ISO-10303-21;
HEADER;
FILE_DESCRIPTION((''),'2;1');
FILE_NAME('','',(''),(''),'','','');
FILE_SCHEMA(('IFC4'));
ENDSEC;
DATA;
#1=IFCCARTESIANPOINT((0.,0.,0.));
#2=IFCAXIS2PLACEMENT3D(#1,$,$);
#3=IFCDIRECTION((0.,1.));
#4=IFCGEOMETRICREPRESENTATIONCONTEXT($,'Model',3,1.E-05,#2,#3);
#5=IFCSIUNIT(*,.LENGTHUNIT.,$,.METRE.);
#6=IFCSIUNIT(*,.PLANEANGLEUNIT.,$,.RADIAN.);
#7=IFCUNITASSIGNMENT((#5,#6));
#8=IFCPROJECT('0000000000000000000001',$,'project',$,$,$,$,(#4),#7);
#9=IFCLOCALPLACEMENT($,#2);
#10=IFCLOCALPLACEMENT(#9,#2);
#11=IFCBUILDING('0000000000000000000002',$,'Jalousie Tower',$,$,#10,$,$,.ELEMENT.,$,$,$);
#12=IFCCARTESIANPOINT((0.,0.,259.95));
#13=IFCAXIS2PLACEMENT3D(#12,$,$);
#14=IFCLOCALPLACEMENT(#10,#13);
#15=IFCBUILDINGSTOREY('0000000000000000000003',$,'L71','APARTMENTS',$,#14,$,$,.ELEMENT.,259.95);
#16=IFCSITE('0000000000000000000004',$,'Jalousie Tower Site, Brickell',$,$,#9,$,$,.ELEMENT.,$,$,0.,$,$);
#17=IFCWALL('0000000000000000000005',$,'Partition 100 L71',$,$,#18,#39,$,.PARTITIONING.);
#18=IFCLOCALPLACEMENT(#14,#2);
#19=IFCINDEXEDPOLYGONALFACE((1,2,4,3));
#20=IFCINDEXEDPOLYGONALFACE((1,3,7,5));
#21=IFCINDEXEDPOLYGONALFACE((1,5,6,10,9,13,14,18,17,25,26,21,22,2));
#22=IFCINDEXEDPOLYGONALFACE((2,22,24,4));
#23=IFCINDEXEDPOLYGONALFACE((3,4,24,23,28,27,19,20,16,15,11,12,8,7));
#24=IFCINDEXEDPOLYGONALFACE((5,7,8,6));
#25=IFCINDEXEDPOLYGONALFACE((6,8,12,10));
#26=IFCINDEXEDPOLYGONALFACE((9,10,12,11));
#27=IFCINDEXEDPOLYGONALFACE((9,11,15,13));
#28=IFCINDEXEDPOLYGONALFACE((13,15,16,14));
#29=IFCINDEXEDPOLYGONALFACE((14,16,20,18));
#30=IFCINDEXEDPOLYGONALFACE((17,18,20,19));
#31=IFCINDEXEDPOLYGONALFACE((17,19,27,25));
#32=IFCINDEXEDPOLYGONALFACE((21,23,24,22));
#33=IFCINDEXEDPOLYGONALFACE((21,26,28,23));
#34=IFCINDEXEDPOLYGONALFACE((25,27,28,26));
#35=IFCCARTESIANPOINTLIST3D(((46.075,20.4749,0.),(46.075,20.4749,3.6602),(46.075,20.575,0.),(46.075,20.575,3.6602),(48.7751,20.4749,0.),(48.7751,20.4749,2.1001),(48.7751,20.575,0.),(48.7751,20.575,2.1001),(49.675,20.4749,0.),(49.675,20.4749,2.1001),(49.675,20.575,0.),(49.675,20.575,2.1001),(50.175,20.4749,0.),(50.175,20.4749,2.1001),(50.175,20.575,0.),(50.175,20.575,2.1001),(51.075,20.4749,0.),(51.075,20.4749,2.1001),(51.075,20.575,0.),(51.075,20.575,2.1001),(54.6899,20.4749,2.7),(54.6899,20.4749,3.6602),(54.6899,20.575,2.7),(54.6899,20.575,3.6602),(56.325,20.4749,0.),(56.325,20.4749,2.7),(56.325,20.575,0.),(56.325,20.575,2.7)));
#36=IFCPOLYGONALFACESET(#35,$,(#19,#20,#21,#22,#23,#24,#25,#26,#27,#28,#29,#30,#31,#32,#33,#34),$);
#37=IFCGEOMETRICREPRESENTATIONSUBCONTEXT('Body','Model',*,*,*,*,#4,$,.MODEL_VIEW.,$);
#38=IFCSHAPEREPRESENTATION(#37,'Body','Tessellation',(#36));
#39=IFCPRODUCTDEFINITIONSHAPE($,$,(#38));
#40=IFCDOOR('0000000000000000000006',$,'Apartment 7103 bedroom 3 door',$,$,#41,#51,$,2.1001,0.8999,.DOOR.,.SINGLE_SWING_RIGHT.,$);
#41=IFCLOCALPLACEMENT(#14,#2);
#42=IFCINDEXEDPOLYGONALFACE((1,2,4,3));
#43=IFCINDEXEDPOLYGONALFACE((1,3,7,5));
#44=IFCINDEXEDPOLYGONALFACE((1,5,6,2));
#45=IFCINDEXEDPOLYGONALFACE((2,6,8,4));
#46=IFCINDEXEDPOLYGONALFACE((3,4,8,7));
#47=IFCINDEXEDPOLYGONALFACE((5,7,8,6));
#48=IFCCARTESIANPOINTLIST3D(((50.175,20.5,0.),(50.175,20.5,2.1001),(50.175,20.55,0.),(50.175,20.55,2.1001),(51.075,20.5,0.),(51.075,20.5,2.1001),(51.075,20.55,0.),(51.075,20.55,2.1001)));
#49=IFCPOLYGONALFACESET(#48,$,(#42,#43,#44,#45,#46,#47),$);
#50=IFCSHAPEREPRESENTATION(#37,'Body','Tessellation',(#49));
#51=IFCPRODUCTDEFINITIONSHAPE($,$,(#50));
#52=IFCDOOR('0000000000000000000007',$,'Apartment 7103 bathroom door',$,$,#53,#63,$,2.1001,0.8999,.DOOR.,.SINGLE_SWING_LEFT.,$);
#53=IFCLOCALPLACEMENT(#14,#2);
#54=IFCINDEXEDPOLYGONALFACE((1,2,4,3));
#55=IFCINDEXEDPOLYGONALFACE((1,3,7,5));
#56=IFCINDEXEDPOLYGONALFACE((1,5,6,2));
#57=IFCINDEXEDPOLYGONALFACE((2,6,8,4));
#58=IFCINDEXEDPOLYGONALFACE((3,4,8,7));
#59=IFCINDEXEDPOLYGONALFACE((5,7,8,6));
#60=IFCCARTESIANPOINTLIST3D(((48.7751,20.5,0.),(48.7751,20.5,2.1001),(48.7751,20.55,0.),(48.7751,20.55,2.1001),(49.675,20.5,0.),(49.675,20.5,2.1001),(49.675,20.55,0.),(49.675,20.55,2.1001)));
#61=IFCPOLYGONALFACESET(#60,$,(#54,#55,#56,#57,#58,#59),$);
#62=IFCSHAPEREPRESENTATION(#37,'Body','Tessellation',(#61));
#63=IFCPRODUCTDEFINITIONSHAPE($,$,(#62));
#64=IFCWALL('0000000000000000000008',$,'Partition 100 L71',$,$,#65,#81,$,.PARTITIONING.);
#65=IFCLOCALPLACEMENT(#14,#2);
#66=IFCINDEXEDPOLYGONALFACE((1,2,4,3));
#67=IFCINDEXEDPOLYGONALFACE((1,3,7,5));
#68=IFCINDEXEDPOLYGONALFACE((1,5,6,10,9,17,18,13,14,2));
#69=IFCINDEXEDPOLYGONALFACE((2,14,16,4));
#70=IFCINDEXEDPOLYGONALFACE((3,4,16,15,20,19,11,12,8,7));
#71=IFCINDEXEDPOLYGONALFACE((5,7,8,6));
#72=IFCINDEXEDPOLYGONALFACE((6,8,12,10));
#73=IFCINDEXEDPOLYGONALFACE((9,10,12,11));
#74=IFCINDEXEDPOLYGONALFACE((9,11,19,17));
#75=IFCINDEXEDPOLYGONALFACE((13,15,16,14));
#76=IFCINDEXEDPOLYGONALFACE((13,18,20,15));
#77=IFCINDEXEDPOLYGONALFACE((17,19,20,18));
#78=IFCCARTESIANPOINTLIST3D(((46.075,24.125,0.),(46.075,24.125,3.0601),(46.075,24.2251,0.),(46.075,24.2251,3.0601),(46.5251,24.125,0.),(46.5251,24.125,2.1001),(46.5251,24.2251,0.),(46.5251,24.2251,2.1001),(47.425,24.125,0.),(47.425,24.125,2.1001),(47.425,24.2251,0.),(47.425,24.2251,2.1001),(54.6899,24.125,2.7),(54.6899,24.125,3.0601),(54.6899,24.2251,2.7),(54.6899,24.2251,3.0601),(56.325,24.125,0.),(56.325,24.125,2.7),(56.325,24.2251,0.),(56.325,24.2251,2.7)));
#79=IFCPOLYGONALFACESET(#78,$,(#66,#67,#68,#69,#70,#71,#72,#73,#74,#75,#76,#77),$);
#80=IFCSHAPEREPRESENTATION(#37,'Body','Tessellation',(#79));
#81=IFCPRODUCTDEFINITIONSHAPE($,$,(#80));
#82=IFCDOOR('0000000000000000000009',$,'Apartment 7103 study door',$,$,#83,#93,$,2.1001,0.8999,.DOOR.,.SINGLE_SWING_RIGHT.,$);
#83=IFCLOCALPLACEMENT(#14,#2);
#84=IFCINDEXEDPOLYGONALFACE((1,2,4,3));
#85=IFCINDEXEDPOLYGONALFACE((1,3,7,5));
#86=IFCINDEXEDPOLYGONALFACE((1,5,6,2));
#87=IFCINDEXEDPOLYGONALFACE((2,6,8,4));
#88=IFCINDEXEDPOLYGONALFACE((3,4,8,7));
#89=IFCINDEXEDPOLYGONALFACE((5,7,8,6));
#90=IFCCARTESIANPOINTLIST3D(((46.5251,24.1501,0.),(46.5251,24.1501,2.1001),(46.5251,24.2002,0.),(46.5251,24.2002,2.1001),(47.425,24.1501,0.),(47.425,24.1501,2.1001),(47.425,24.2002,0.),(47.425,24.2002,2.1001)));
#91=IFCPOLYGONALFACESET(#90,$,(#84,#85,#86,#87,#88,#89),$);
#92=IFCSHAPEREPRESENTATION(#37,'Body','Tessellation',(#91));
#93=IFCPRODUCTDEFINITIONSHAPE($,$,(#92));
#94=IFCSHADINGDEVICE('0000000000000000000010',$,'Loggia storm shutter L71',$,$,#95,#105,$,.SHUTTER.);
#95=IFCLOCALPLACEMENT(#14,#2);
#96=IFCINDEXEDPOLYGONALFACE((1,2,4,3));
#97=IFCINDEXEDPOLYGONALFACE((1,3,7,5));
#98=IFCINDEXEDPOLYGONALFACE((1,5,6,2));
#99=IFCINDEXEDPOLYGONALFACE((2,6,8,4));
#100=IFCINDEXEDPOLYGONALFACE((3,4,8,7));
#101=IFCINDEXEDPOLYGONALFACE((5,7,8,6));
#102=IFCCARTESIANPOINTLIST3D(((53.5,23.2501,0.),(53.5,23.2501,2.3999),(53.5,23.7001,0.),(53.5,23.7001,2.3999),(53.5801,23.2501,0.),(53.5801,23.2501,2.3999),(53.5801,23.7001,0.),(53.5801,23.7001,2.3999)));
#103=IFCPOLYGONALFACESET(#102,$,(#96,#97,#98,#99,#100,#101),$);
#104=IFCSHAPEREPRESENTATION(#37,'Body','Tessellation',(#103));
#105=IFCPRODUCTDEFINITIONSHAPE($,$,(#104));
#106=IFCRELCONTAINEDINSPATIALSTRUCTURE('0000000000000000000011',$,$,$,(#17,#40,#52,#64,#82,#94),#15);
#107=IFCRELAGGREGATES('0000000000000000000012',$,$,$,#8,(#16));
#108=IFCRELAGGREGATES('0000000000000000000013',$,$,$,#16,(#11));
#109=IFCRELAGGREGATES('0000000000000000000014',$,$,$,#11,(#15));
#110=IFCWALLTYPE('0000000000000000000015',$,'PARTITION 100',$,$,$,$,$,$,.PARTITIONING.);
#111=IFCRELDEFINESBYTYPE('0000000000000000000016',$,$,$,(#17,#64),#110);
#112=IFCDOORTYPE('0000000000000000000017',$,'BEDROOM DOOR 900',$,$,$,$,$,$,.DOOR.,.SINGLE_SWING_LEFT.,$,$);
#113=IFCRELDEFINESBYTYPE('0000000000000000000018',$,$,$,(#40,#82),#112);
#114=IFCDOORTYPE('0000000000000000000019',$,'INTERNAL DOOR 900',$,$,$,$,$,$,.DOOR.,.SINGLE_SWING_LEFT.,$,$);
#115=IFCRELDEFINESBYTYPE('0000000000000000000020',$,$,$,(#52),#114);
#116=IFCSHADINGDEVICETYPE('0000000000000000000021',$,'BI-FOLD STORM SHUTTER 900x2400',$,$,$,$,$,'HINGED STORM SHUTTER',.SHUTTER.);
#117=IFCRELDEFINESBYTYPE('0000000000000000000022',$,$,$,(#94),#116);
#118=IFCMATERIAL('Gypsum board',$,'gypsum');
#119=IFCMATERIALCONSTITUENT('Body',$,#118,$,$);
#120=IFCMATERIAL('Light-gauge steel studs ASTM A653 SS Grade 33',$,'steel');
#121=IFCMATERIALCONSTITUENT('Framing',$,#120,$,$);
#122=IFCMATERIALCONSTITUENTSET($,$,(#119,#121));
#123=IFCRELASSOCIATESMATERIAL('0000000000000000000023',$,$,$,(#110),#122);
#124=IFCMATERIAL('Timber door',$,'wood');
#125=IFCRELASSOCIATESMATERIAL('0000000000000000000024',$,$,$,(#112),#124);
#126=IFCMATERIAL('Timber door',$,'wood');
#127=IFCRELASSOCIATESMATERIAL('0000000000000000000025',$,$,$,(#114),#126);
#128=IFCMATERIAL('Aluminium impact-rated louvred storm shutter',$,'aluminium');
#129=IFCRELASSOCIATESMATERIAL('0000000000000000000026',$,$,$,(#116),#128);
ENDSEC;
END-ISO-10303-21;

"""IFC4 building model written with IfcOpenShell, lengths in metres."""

from ifc_helpers import new_model, si_unit, direction, frame, frame_2d, origin, origin_2d, place, context, subcontext, project, spatial, polyline, rectangle, outline, extrude, material, constituent, constituent_set, type_object, element, fill, save


model = new_model("IFC4")

# Units and contexts
model_context = context("Model", 3, precision=1e-05, world=origin(), true_north=direction((0.0, 1.0)))
body_context = subcontext(model_context, "Body", "Model", "MODEL_VIEW")
ifc_project = project(units=[si_unit("LENGTHUNIT", "METRE"), si_unit("PLANEANGLEUNIT", "RADIAN")], contexts=[model_context])

# Site, building, storey
site_placement = place(None, origin())
site = spatial("IfcSite", under=ifc_project, at=site_placement, Name="Jalousie Tower Site, Brickell", CompositionType="ELEMENT", RefElevation=0.0)
building_placement = place(site_placement, origin())
building = spatial("IfcBuilding", under=site, at=building_placement, Name="Jalousie Tower", CompositionType="ELEMENT")
storey_placement = place(building_placement, frame((0.0, 0.0, 259.95)))
storey = spatial("IfcBuildingStorey", under=building, at=storey_placement, Name="L71", Description="APARTMENTS", CompositionType="ELEMENT", Elevation=259.95)

# Shared definitions
ifc_material_1 = material(Name="Gypsum board", Category="gypsum")
ifc_constituent_1 = constituent(ifc_material_1, Name="Body")
ifc_material_2 = material(Name="Light-gauge steel studs ASTM A653 SS Grade 33", Category="steel")
ifc_constituent_2 = constituent(ifc_material_2, Name="Framing")
ifc_constituent_set_1 = constituent_set(constituents=[ifc_constituent_1, ifc_constituent_2])
wall_type_1 = type_object("IfcWallType", Name="PARTITION 100", PredefinedType="PARTITIONING", material=ifc_constituent_set_1)
ifc_material_3 = material(Name="Timber door", Category="wood")
door_type_1 = type_object("IfcDoorType", Name="BEDROOM DOOR 900", OperationType="SINGLE_SWING_LEFT", PredefinedType="DOOR", material=ifc_material_3)

# Wall, openings, doors
wall_1_placement = place(storey_placement, frame((56.325, 20.5249, 0.0), z_axis=(0.0, 0.0, 1.0), x_axis=(-1.0, 0.0, 0.0)))
wall_1 = element("IfcWall", 1, at=wall_1_placement, inside=storey, type_object=wall_type_1, Name="Partition 100 L71", PredefinedType="PARTITIONING", context=body_context, shape_type="SweptSolid", body=[
    extrude(outline(polyline([(0.0, 0.0), (10.25, 0.0), (10.25, 3.6602), (1.635, 3.6602), (1.635, 2.7), (0.0, 2.7), (0.0, 3.6602), (0.0, 0.0)])), frame((0.0, 0.05, 0.0), z_axis=(0.0, -1.0, 0.0), x_axis=(1.0, 0.0, 0.0)), (0.0, 0.0, 1.0), 0.1001),
])
opening_1_placement = place(wall_1_placement, frame((5.25, 0.0, 0.0)))
opening_1 = element("IfcOpeningElement", 2, at=opening_1_placement, cuts=wall_1, PredefinedType="OPENING", context=body_context, shape_type="SweptSolid", body=[
    extrude(rectangle(XDim=0.8999, YDim=2.1001, at=frame_2d((0.45, 1.05))), frame((0.0, 0.0601, 0.0), z_axis=(0.0, -1.0, 0.0), x_axis=(1.0, 0.0, 0.0)), (0.0, 0.0, 1.0), 0.1201),
])
opening_2_placement = place(wall_1_placement, frame((6.6499, 0.0, 0.0)))
opening_2 = element("IfcOpeningElement", 3, at=opening_2_placement, cuts=wall_1, PredefinedType="OPENING", context=body_context, shape_type="SweptSolid", body=[
    extrude(rectangle(XDim=0.8999, YDim=2.1001, at=frame_2d((0.45, 1.05))), frame((0.0, 0.0601, 0.0), z_axis=(0.0, -1.0, 0.0), x_axis=(1.0, 0.0, 0.0)), (0.0, 0.0, 1.0), 0.1201),
])
door_1_placement = place(opening_1_placement, origin())
door_1 = element("IfcDoor", 4, at=door_1_placement, inside=storey, type_object=door_type_1, Name="Apartment 7103 bedroom 3 door", OperationType="SINGLE_SWING_RIGHT", OverallHeight=2.1001, OverallWidth=0.8999, PredefinedType="DOOR", context=body_context, shape_type="SweptSolid", body=[
    extrude(rectangle(XDim=0.8999, YDim=2.1001, at=frame_2d((0.45, 1.05))), frame((0.0, 0.0249, 0.0), z_axis=(0.0, -1.0, 0.0), x_axis=(1.0, 0.0, 0.0)), (0.0, 0.0, 1.0), 0.05),
])
fill(opening_1, door_1)
ifc_material_4 = material(Name="Timber door", Category="wood")
door_type_2 = type_object("IfcDoorType", Name="INTERNAL DOOR 900", OperationType="SINGLE_SWING_LEFT", PredefinedType="DOOR", material=ifc_material_4)
door_2_placement = place(opening_2_placement, origin())
door_2 = element("IfcDoor", 5, at=door_2_placement, inside=storey, type_object=door_type_2, Name="Apartment 7103 bathroom door", OperationType="SINGLE_SWING_LEFT", OverallHeight=2.1001, OverallWidth=0.8999, PredefinedType="DOOR", context=body_context, shape_type="SweptSolid", body=[
    extrude(rectangle(XDim=0.8999, YDim=2.1001, at=frame_2d((0.45, 1.05))), frame((0.0, 0.0249, 0.0), z_axis=(0.0, -1.0, 0.0), x_axis=(1.0, 0.0, 0.0)), (0.0, 0.0, 1.0), 0.05),
])
fill(opening_2, door_2)

# Wall, opening, door
wall_2_placement = place(storey_placement, frame((56.325, 24.175, 0.0), z_axis=(0.0, 0.0, 1.0), x_axis=(-1.0, 0.0, 0.0)))
wall_2 = element("IfcWall", 6, at=wall_2_placement, inside=storey, type_object=wall_type_1, Name="Partition 100 L71", PredefinedType="PARTITIONING", context=body_context, shape_type="SweptSolid", body=[
    extrude(outline(polyline([(0.0, 0.0), (10.25, 0.0), (10.25, 3.6602), (10.25, 3.0601), (1.635, 3.0601), (1.635, 2.7), (0.0, 2.7), (0.0, 3.6602), (0.0, 0.0)])), frame((0.0, 0.05, 0.0), z_axis=(0.0, -1.0, 0.0), x_axis=(1.0, 0.0, 0.0)), (0.0, 0.0, 1.0), 0.1001),
])
opening_3_placement = place(wall_2_placement, frame((8.8999, 0.0, 0.0)))
opening_3 = element("IfcOpeningElement", 7, at=opening_3_placement, cuts=wall_2, PredefinedType="OPENING", context=body_context, shape_type="SweptSolid", body=[
    extrude(rectangle(XDim=0.8999, YDim=2.1001, at=frame_2d((0.45, 1.05))), frame((0.0, 0.0601, 0.0), z_axis=(0.0, -1.0, 0.0), x_axis=(1.0, 0.0, 0.0)), (0.0, 0.0, 1.0), 0.1201),
])
door_3_placement = place(opening_3_placement, origin())
door_3 = element("IfcDoor", 8, at=door_3_placement, inside=storey, type_object=door_type_1, Name="Apartment 7103 study door", OperationType="SINGLE_SWING_RIGHT", OverallHeight=2.1001, OverallWidth=0.8999, PredefinedType="DOOR", context=body_context, shape_type="SweptSolid", body=[
    extrude(rectangle(XDim=0.8999, YDim=2.1001, at=frame_2d((0.45, 1.05))), frame((0.0, 0.0249, 0.0), z_axis=(0.0, -1.0, 0.0), x_axis=(1.0, 0.0, 0.0)), (0.0, 0.0, 1.0), 0.05),
])
fill(opening_3, door_3)

# Shading device
ifc_material_5 = material(Name="Aluminium impact-rated louvred storm shutter", Category="aluminium")
shading_device_type_1 = type_object("IfcShadingDeviceType", Name="BI-FOLD STORM SHUTTER 900x2400", ElementType="HINGED STORM SHUTTER", PredefinedType="SHUTTER", material=ifc_material_5)
shading_device_1_placement = place(storey_placement, frame((53.54, 23.4751, 0.0), z_axis=(0.0, 0.0, 1.0), x_axis=(0.0, 1.0, 0.0)))
element("IfcShadingDevice", 9, at=shading_device_1_placement, inside=storey, type_object=shading_device_type_1, Name="Loggia storm shutter L71", PredefinedType="SHUTTER", context=body_context, shape_type="SweptSolid", body=[
    extrude(rectangle(XDim=0.45, YDim=0.0801, at=origin_2d()), origin(), (0.0, 0.0, 1.0), 2.3999),
])

save(model, "model.ifc")
